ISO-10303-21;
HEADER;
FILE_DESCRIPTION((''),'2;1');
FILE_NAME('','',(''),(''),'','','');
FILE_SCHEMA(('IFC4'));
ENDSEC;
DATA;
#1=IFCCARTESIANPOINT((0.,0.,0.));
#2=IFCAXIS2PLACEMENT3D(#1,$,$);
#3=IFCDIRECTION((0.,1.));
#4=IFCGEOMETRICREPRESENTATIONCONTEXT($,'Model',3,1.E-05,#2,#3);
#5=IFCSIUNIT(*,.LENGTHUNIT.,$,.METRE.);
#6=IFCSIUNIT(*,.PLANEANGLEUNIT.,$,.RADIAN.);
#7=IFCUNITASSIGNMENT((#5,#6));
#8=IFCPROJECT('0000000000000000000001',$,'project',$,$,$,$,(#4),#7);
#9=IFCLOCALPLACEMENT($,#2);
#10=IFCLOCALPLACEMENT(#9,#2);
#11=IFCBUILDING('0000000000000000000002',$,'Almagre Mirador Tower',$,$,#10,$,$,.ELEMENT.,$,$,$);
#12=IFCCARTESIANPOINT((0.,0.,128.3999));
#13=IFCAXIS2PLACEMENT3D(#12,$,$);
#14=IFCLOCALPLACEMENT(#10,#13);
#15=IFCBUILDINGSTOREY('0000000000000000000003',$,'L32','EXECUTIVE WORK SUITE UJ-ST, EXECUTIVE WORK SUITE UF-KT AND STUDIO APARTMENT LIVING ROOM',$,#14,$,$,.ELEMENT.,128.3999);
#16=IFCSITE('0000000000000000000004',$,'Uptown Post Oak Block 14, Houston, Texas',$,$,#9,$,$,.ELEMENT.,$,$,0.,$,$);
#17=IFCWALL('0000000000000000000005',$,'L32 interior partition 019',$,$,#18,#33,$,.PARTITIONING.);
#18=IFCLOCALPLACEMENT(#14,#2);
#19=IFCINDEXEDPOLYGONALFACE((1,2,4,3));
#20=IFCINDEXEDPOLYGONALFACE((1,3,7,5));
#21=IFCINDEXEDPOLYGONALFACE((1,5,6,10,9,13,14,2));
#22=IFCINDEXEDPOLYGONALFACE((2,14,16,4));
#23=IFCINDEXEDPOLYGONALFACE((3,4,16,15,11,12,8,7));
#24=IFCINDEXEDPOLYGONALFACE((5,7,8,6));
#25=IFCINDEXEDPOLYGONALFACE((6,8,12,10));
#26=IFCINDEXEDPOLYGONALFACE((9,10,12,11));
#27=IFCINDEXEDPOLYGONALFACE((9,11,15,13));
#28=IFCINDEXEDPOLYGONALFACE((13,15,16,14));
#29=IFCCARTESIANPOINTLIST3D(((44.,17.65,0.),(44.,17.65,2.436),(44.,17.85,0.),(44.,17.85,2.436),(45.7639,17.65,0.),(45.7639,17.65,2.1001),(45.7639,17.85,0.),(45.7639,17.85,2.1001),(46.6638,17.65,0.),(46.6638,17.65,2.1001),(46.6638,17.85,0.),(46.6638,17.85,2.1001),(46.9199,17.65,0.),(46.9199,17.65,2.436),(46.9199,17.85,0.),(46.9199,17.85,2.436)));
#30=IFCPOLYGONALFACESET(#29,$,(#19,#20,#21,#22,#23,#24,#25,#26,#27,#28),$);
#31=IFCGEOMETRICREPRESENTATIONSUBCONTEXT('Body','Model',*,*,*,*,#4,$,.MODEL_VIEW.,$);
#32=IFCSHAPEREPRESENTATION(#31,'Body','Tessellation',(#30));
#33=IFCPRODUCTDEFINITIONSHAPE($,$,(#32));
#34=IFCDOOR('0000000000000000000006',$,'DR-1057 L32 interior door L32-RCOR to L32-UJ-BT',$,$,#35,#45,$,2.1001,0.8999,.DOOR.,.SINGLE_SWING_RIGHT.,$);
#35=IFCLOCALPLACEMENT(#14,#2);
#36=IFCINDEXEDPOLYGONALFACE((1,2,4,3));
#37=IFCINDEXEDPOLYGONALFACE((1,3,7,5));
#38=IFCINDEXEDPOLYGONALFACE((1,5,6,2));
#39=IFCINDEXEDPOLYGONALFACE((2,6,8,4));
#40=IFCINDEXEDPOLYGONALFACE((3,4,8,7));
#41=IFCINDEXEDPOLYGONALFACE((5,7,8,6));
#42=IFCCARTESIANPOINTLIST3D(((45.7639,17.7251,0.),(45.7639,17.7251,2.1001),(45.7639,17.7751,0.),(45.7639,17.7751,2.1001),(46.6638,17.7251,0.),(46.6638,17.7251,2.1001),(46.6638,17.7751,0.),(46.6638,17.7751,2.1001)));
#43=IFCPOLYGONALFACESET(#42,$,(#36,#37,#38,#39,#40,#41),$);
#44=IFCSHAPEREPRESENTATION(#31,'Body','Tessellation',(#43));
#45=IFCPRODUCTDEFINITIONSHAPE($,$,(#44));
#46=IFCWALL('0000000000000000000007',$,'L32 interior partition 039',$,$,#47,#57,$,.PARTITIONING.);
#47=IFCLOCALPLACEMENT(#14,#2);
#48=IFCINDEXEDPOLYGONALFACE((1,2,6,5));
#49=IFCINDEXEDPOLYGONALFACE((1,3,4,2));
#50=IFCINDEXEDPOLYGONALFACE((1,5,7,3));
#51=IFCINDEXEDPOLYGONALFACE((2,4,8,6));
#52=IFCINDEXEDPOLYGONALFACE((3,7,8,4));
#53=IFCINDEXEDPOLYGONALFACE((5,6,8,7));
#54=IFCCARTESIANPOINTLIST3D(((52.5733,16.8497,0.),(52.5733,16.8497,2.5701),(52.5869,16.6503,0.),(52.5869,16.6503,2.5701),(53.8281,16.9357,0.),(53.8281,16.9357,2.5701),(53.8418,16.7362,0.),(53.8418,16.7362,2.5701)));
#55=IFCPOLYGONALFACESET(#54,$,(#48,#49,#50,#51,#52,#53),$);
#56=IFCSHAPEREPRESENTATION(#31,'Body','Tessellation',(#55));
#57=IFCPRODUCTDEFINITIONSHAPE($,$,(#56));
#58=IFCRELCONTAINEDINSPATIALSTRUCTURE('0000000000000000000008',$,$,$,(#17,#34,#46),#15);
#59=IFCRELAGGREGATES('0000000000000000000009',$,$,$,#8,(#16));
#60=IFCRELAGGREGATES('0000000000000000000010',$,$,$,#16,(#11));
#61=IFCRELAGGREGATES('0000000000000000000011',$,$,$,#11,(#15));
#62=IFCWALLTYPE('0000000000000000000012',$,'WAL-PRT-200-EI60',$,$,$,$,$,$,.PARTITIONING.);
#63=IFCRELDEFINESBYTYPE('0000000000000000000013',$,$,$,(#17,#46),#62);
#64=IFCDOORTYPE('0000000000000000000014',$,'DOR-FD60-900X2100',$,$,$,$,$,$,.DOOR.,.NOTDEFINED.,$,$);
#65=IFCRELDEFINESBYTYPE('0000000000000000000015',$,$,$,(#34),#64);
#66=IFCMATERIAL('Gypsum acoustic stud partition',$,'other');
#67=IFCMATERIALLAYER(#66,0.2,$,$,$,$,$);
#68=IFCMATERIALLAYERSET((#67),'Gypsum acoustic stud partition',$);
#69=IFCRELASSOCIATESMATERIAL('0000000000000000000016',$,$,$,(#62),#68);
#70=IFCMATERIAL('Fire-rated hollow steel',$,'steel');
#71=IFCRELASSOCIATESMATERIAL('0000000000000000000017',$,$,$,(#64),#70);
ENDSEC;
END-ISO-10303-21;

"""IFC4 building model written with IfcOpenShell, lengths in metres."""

from ifc_helpers import new_model, si_unit, direction, frame, frame_2d, origin, place, context, subcontext, project, spatial, rectangle, extrude, material, layer, layer_set, type_object, element, fill, save


model = new_model("IFC4")

# Units and contexts
model_context = context("Model", 3, precision=1e-05, world=origin(), true_north=direction((0.0, 1.0)))
body_context = subcontext(model_context, "Body", "Model", "MODEL_VIEW")
ifc_project = project(units=[si_unit("LENGTHUNIT", "METRE"), si_unit("PLANEANGLEUNIT", "RADIAN")], contexts=[model_context])

# Site, building, storey
site_placement = place(None, origin())
site = spatial("IfcSite", under=ifc_project, at=site_placement, Name="Uptown Post Oak Block 14, Houston, Texas", CompositionType="ELEMENT", RefElevation=0.0)
building_placement = place(site_placement, origin())
building = spatial("IfcBuilding", under=site, at=building_placement, Name="Almagre Mirador Tower", CompositionType="ELEMENT")
storey_placement = place(building_placement, frame((0.0, 0.0, 128.3999)))
storey = spatial("IfcBuildingStorey", under=building, at=storey_placement, Name="L32", Description="EXECUTIVE WORK SUITE UJ-ST, EXECUTIVE WORK SUITE UF-KT AND STUDIO APARTMENT LIVING ROOM", CompositionType="ELEMENT", Elevation=128.3999)

# Shared definitions
ifc_material_1 = material(Name="Gypsum acoustic stud partition", Category="other")
ifc_layer_1 = layer(ifc_material_1, 0.2)
ifc_layer_set_1 = layer_set([ifc_layer_1], Name="Gypsum acoustic stud partition")
wall_type_1 = type_object("IfcWallType", Name="WAL-PRT-200-EI60", PredefinedType="PARTITIONING", material=ifc_layer_set_1)

# Wall, opening, door
wall_1_placement = place(storey_placement, frame((46.9199, 17.75, 0.0), z_axis=(0.0, 0.0, 1.0), x_axis=(-1.0, 0.0, 0.0)))
wall_1 = element("IfcWall", 1, at=wall_1_placement, inside=storey, type_object=wall_type_1, Name="L32 interior partition 019", PredefinedType="PARTITIONING", context=body_context, shape_type="SweptSolid", body=[
    extrude(rectangle(XDim=2.9199, YDim=0.2, at=frame_2d((1.46, 0.0))), origin(), (0.0, 0.0, 1.0), 2.436),
])
opening_1_placement = place(wall_1_placement, frame((0.2561, 0.0, 0.0)))
opening_1 = element("IfcOpeningElement", 2, at=opening_1_placement, cuts=wall_1, PredefinedType="OPENING", context=body_context, shape_type="SweptSolid", body=[
    extrude(rectangle(XDim=0.8999, YDim=2.1001, at=frame_2d((0.45, 1.05))), frame((0.0, 0.1101, 0.0), z_axis=(0.0, -1.0, 0.0), x_axis=(1.0, 0.0, 0.0)), (0.0, 0.0, 1.0), 0.22),
])
ifc_material_2 = material(Name="Fire-rated hollow steel", Category="steel")
door_type_1 = type_object("IfcDoorType", Name="DOR-FD60-900X2100", OperationType="NOTDEFINED", PredefinedType="DOOR", material=ifc_material_2)
door_1_placement = place(opening_1_placement, origin())
door_1 = element("IfcDoor", 3, at=door_1_placement, inside=storey, type_object=door_type_1, Name="DR-1057 L32 interior door L32-RCOR to L32-UJ-BT", OperationType="SINGLE_SWING_RIGHT", OverallHeight=2.1001, OverallWidth=0.8999, PredefinedType="DOOR", context=body_context, shape_type="SweptSolid", body=[
    extrude(rectangle(XDim=0.8999, YDim=2.1001, at=frame_2d((0.45, 1.05))), frame((0.0, 0.0249, 0.0), z_axis=(0.0, -1.0, 0.0), x_axis=(1.0, 0.0, 0.0)), (0.0, 0.0, 1.0), 0.05),
])
fill(opening_1, door_1)

# Wall
wall_2_placement = place(storey_placement, frame((53.835, 16.8359, 0.0), z_axis=(0.0, 0.0, 1.0), x_axis=(-0.997663, -0.068322, 0.0)))
element("IfcWall", 4, at=wall_2_placement, inside=storey, type_object=wall_type_1, Name="L32 interior partition 039", PredefinedType="PARTITIONING", context=body_context, shape_type="SweptSolid", body=[
    extrude(rectangle(XDim=1.2578, YDim=0.2, at=frame_2d((0.6289, 0.0))), origin(), (0.0, 0.0, 1.0), 2.5701),
])

save(model, "model.ifc")
